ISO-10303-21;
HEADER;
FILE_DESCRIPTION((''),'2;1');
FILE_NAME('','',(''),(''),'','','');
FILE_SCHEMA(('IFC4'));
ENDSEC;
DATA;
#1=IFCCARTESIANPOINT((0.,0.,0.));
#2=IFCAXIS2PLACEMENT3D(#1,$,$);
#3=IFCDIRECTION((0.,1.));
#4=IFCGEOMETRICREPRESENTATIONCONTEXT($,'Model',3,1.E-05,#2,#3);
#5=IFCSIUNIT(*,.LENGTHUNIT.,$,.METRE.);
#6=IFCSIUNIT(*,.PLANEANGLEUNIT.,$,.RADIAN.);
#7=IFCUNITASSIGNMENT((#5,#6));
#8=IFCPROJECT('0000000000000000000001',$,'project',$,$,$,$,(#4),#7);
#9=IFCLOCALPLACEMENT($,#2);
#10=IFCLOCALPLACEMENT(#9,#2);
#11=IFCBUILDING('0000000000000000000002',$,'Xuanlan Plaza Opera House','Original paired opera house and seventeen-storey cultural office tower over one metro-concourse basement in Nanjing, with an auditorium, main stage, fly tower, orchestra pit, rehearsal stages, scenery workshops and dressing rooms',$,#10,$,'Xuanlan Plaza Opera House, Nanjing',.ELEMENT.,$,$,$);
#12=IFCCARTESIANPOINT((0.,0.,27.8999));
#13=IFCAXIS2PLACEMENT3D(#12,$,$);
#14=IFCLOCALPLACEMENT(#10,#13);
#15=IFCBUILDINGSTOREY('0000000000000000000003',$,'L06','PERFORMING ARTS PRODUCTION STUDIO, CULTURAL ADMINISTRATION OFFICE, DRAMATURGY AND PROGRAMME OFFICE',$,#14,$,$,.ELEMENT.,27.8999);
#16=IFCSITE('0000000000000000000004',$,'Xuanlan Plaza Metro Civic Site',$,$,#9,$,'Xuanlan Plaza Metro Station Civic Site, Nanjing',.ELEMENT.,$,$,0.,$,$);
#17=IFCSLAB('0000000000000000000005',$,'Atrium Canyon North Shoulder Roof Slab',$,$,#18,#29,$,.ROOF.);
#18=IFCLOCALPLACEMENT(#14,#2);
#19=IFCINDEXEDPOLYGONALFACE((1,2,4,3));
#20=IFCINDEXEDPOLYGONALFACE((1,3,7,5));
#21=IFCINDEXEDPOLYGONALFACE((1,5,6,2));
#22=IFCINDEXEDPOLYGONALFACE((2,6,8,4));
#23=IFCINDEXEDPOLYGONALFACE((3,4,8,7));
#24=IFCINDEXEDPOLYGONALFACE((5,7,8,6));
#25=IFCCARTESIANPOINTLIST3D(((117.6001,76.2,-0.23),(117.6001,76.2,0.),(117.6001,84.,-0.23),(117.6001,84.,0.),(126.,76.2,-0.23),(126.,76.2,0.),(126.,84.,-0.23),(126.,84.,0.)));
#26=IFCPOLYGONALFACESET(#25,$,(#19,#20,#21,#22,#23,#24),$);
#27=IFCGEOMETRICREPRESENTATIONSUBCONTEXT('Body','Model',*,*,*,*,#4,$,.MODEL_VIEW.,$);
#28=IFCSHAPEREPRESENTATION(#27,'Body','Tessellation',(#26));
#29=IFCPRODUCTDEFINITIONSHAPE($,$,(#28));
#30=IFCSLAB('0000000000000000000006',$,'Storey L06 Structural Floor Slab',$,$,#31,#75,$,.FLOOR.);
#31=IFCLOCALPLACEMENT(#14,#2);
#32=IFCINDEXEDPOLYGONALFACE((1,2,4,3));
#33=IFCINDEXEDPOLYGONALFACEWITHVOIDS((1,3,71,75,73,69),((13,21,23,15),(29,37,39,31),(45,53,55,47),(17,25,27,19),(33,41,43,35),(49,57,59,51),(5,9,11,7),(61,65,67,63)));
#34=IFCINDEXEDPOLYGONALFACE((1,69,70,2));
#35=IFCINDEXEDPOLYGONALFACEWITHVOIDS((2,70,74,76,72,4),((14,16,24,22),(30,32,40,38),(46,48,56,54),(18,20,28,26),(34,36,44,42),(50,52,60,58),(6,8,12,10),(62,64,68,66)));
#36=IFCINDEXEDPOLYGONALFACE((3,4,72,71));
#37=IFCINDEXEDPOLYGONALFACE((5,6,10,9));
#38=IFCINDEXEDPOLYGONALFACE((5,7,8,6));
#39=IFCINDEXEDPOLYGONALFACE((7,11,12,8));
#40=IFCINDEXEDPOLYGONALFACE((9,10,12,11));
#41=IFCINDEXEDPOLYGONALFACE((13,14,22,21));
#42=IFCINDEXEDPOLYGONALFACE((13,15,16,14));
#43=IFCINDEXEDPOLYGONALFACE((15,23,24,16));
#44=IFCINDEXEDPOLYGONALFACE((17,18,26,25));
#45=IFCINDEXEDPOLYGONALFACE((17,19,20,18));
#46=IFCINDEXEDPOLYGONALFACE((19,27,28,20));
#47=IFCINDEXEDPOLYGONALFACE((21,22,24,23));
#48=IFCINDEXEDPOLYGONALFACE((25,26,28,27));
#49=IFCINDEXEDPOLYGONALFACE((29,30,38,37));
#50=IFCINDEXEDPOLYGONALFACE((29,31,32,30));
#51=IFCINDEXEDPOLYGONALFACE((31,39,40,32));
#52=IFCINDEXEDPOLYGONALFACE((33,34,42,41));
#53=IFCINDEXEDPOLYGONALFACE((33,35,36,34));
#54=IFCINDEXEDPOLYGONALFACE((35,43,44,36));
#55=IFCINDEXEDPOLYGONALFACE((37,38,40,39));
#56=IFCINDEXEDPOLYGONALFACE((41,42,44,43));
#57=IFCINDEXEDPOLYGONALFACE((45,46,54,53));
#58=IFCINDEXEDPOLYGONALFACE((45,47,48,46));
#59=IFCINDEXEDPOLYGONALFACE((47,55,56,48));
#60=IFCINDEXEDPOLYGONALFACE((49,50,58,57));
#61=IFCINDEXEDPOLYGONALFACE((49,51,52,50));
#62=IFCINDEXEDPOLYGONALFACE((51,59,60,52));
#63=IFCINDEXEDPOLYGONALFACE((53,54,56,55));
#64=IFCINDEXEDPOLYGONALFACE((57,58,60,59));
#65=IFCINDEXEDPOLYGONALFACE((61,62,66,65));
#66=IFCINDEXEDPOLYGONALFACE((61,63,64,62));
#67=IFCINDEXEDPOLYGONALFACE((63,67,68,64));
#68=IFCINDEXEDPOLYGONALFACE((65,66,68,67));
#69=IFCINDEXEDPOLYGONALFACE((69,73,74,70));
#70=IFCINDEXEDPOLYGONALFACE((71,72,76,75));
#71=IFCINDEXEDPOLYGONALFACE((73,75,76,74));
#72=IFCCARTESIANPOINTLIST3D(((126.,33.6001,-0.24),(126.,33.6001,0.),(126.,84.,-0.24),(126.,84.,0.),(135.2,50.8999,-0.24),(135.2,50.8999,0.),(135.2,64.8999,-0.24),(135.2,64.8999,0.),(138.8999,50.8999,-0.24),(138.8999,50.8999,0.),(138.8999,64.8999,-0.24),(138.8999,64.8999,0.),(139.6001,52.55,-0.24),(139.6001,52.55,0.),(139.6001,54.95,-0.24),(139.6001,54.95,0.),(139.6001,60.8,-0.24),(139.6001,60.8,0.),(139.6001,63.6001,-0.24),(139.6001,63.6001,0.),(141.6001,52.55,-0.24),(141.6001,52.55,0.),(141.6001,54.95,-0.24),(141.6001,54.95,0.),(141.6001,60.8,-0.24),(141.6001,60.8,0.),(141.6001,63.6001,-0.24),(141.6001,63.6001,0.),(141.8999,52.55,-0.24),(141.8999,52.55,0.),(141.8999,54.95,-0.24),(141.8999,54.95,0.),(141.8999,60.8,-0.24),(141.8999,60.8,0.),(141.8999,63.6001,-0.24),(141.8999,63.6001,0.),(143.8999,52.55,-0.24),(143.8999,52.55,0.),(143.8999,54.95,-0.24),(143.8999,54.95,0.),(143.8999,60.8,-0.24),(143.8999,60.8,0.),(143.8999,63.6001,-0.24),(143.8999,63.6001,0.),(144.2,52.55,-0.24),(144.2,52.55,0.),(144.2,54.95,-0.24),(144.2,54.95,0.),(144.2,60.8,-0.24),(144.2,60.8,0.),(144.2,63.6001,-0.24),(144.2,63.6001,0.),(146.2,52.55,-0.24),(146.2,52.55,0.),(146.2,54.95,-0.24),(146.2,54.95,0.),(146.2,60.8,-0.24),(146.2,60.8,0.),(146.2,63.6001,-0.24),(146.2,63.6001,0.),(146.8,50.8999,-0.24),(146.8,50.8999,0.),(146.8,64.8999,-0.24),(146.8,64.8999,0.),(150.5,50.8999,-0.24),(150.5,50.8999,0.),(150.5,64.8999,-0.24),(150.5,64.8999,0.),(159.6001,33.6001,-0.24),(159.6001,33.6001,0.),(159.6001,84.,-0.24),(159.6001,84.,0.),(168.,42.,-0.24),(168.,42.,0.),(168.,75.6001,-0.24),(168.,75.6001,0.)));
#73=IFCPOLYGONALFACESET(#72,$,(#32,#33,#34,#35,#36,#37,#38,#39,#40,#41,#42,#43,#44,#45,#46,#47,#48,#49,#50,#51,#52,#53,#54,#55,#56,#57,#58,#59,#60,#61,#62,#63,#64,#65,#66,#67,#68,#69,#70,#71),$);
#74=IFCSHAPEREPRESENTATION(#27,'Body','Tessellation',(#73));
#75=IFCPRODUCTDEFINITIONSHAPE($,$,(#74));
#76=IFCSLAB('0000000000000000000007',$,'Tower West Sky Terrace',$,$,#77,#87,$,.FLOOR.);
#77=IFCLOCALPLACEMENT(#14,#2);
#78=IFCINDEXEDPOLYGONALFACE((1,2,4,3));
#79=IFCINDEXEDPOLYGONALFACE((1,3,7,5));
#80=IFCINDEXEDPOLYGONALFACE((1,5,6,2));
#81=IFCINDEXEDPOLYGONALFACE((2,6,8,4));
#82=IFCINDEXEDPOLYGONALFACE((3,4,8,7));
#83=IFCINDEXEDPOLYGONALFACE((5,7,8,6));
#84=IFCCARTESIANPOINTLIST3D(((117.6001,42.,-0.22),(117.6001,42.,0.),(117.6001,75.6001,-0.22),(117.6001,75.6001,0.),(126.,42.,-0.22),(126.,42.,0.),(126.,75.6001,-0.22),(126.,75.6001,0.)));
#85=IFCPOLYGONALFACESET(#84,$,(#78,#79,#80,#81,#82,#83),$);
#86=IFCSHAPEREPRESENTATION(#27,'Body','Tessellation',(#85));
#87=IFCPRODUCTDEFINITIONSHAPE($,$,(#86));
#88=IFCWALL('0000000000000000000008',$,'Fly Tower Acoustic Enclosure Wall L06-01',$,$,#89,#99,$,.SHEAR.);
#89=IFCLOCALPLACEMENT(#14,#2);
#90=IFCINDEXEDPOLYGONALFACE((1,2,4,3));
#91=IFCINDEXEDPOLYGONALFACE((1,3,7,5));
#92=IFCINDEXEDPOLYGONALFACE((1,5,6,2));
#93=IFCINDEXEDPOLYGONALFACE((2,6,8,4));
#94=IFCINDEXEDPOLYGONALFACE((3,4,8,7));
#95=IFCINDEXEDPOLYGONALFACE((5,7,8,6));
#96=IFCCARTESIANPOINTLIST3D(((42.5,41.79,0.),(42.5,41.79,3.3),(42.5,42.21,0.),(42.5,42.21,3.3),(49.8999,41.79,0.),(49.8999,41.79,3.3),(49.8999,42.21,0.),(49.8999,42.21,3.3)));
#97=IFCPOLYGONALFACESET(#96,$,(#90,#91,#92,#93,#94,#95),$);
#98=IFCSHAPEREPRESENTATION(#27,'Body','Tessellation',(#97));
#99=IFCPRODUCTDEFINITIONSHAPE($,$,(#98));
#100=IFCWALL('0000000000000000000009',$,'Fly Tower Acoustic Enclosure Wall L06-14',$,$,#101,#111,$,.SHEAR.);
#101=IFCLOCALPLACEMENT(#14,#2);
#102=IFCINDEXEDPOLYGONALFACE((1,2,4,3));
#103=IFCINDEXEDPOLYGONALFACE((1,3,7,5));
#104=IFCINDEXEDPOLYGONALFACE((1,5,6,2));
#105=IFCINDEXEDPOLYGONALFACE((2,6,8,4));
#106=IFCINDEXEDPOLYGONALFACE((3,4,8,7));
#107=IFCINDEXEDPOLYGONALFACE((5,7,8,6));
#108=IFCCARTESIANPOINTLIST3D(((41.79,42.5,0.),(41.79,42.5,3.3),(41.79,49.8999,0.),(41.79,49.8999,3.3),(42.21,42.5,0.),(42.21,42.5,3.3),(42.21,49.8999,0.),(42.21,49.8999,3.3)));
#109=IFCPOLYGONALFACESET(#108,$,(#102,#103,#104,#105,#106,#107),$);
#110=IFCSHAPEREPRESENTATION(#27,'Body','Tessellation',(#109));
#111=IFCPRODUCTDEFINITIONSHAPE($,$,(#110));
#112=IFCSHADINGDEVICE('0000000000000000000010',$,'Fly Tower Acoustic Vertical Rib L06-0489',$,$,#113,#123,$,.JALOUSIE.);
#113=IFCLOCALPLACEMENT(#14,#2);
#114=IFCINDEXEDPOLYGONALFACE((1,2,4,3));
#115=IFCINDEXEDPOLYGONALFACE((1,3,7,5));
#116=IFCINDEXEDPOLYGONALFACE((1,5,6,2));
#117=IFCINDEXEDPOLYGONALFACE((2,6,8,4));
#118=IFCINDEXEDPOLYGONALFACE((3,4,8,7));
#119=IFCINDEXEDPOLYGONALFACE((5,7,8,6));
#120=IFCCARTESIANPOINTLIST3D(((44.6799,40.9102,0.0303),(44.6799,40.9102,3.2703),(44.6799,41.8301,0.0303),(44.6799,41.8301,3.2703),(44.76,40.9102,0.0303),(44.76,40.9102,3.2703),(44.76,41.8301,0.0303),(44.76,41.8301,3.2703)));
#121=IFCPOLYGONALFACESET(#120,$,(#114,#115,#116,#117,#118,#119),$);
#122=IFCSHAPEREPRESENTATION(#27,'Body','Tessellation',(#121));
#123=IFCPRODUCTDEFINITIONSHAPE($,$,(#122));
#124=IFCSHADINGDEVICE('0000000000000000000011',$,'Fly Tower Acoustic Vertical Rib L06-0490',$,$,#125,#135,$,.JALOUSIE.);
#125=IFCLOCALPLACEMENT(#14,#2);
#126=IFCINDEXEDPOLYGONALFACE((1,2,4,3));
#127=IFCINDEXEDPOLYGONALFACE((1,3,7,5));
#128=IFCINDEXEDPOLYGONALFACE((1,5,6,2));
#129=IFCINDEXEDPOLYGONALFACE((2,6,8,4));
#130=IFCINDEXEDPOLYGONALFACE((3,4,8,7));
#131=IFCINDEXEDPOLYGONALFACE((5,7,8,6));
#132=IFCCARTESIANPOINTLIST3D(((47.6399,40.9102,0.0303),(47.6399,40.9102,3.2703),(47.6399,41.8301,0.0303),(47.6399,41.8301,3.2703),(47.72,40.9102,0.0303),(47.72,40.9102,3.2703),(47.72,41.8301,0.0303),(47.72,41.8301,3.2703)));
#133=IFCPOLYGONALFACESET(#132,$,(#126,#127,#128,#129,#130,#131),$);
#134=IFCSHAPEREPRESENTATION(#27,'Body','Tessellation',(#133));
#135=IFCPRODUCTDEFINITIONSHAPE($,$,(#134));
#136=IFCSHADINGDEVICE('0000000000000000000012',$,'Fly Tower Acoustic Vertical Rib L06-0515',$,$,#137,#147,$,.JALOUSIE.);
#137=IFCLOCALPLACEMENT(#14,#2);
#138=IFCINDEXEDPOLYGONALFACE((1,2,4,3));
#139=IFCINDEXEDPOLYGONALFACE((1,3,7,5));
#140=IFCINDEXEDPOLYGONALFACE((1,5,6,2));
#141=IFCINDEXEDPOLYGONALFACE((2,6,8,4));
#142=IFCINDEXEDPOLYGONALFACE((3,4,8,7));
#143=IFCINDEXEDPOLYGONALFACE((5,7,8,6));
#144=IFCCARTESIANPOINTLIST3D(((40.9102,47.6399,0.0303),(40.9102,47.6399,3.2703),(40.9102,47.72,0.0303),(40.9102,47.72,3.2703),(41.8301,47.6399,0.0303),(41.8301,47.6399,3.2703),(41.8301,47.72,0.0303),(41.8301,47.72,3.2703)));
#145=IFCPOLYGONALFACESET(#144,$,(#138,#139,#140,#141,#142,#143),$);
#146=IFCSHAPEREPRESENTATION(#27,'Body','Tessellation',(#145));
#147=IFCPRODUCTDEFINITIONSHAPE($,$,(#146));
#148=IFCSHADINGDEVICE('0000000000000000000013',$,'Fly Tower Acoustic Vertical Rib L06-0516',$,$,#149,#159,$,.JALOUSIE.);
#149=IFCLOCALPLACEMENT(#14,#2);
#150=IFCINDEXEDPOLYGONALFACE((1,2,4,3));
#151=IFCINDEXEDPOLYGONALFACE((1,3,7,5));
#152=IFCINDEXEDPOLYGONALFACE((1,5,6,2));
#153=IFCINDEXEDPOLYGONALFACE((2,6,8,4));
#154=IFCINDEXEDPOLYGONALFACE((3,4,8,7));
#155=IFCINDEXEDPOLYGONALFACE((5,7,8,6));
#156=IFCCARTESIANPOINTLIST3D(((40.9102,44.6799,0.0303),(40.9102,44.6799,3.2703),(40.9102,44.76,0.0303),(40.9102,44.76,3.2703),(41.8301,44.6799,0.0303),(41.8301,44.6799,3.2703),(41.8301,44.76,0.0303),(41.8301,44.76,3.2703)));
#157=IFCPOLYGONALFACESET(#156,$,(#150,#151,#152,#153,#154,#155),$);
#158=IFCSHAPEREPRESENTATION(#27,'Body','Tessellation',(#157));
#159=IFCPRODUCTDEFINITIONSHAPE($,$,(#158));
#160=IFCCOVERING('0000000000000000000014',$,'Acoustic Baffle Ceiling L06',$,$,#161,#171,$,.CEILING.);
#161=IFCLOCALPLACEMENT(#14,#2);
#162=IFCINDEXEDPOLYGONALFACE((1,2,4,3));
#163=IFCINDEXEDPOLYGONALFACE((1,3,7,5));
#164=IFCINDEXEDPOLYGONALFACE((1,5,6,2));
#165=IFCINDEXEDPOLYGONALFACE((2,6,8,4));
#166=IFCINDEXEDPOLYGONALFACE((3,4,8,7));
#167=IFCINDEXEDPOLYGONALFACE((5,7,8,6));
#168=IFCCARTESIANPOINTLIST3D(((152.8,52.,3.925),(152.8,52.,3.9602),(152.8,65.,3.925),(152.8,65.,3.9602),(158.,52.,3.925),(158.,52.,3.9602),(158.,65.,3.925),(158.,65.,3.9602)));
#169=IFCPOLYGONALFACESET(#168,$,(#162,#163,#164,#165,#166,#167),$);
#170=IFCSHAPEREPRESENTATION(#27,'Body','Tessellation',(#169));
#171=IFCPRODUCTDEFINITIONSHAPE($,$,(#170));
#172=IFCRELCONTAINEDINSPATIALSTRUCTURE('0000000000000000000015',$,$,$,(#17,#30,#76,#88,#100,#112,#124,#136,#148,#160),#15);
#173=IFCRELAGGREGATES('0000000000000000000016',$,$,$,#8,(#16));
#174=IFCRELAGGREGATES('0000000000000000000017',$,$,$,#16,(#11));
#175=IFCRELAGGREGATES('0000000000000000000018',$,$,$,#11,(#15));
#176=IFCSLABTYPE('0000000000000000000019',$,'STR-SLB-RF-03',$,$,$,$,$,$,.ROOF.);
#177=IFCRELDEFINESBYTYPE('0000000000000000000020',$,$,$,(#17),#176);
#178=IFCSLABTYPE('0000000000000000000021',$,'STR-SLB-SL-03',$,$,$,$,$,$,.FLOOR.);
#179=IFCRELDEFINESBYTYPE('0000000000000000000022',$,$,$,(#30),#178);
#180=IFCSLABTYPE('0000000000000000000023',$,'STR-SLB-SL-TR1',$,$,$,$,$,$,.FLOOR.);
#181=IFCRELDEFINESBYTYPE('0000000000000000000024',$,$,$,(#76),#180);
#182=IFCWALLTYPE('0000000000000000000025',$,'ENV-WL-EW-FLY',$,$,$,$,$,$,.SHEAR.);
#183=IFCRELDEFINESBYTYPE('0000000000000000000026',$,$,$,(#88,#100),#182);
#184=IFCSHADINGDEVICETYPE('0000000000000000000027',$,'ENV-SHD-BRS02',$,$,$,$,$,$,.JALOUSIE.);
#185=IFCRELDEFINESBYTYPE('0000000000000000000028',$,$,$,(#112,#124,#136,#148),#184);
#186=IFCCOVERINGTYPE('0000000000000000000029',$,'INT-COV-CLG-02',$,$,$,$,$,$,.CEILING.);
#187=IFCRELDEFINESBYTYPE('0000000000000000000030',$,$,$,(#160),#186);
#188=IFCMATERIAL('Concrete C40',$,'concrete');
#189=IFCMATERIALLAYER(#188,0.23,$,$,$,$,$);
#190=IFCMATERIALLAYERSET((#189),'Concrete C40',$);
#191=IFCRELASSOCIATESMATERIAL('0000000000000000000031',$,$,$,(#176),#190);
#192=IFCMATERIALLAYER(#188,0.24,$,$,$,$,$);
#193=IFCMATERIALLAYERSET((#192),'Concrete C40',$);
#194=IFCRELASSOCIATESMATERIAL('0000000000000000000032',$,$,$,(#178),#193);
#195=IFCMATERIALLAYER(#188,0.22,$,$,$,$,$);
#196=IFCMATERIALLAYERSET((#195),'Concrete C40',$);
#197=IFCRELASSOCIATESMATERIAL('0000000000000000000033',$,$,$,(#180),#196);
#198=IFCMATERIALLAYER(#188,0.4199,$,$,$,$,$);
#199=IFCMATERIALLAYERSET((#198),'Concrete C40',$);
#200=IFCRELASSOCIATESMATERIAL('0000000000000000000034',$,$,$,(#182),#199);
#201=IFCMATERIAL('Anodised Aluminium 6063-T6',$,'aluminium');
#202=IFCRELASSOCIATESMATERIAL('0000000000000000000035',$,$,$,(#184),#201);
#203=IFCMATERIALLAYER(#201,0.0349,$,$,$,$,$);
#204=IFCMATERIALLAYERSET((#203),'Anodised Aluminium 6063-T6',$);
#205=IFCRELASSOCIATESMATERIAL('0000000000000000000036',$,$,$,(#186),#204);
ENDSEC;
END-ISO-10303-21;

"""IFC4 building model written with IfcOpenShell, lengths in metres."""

from ifc_helpers import new_model, si_unit, direction, frame, frame_2d, origin, origin_2d, place, context, subcontext, project, spatial, polyline, rectangle, outline, extrude, material, layer, layer_set, type_object, element, save


model = new_model("IFC4")

# Units and contexts
model_context = context("Model", 3, precision=1e-05, world=origin(), true_north=direction((0.0, 1.0)))
body_context = subcontext(model_context, "Body", "Model", "MODEL_VIEW")
ifc_project = project(units=[si_unit("LENGTHUNIT", "METRE"), si_unit("PLANEANGLEUNIT", "RADIAN")], contexts=[model_context])

# Site, building, storey
site_placement = place(None, origin())
site = spatial("IfcSite", under=ifc_project, at=site_placement, Name="Xuanlan Plaza Metro Civic Site", LongName="Xuanlan Plaza Metro Station Civic Site, Nanjing", CompositionType="ELEMENT", RefElevation=0.0)
building_placement = place(site_placement, origin())
building = spatial("IfcBuilding", under=site, at=building_placement, Name="Xuanlan Plaza Opera House", Description="Original paired opera house and seventeen-storey cultural office tower over one metro-concourse basement in Nanjing, with an auditorium, main stage, fly tower, orchestra pit, rehearsal stages, scenery workshops and dressing rooms", LongName="Xuanlan Plaza Opera House, Nanjing", CompositionType="ELEMENT")
storey_placement = place(building_placement, frame((0.0, 0.0, 27.8999)))
storey = spatial("IfcBuildingStorey", under=building, at=storey_placement, Name="L06", Description="PERFORMING ARTS PRODUCTION STUDIO, CULTURAL ADMINISTRATION OFFICE, DRAMATURGY AND PROGRAMME OFFICE", CompositionType="ELEMENT", Elevation=27.8999)

# Shared definitions
ifc_material_1 = material(Name="Concrete C40", Category="concrete")

# Slabs
ifc_layer_1 = layer(ifc_material_1, 0.23)
ifc_layer_set_1 = layer_set([ifc_layer_1], Name="Concrete C40")
slab_type_1 = type_object("IfcSlabType", Name="STR-SLB-RF-03", PredefinedType="ROOF", material=ifc_layer_set_1)
slab_1_placement = place(storey_placement, frame((0.0, 0.0, -0.23)))
element("IfcSlab", 1, at=slab_1_placement, inside=storey, type_object=slab_type_1, Name="Atrium Canyon North Shoulder Roof Slab", PredefinedType="ROOF", context=body_context, shape_type="SweptSolid", body=[
    extrude(outline(polyline([(117.6001, 76.2), (126.0, 76.2), (126.0, 84.0), (117.6001, 84.0), (117.6001, 76.2)])), origin(), (0.0, 0.0, 1.0), 0.23),
])
ifc_layer_2 = layer(ifc_material_1, 0.24)
ifc_layer_set_2 = layer_set([ifc_layer_2], Name="Concrete C40")
slab_type_2 = type_object("IfcSlabType", Name="STR-SLB-SL-03", PredefinedType="FLOOR", material=ifc_layer_set_2)
slab_2_placement = place(storey_placement, frame((0.0, 0.0, -0.24)))
element("IfcSlab", 2, at=slab_2_placement, inside=storey, type_object=slab_type_2, Name="Storey L06 Structural Floor Slab", PredefinedType="FLOOR", context=body_context, shape_type="SweptSolid", body=[
    extrude(outline(polyline([(126.0, 33.6001), (159.6001, 33.6001), (168.0, 42.0), (168.0, 75.6001), (159.6001, 84.0), (126.0, 84.0), (126.0, 33.6001)]), holes=[polyline([(135.2, 50.8999), (138.8999, 50.8999), (138.8999, 64.8999), (135.2, 64.8999), (135.2, 50.8999)]), polyline([(146.8, 50.8999), (150.5, 50.8999), (150.5, 64.8999), (146.8, 64.8999), (146.8, 50.8999)]), polyline([(139.6001, 60.8), (141.6001, 60.8), (141.6001, 63.6001), (139.6001, 63.6001), (139.6001, 60.8)]), polyline([(141.8999, 60.8), (143.8999, 60.8), (143.8999, 63.6001), (141.8999, 63.6001), (141.8999, 60.8)]), polyline([(144.2, 60.8), (146.2, 60.8), (146.2, 63.6001), (144.2, 63.6001), (144.2, 60.8)]), polyline([(139.6001, 52.55), (141.6001, 52.55), (141.6001, 54.95), (139.6001, 54.95), (139.6001, 52.55)]), polyline([(141.8999, 52.55), (143.8999, 52.55), (143.8999, 54.95), (141.8999, 54.95), (141.8999, 52.55)]), polyline([(144.2, 52.55), (146.2, 52.55), (146.2, 54.95), (144.2, 54.95), (144.2, 52.55)])]), origin(), (0.0, 0.0, 1.0), 0.24),
])
ifc_layer_3 = layer(ifc_material_1, 0.22)
ifc_layer_set_3 = layer_set([ifc_layer_3], Name="Concrete C40")
slab_type_3 = type_object("IfcSlabType", Name="STR-SLB-SL-TR1", PredefinedType="FLOOR", material=ifc_layer_set_3)
slab_3_placement = place(storey_placement, frame((0.0, 0.0, -0.22)))
element("IfcSlab", 3, at=slab_3_placement, inside=storey, type_object=slab_type_3, Name="Tower West Sky Terrace", PredefinedType="FLOOR", context=body_context, shape_type="SweptSolid", body=[
    extrude(outline(polyline([(117.6001, 42.0), (126.0, 42.0), (126.0, 75.6001), (117.6001, 75.6001), (117.6001, 42.0)])), origin(), (0.0, 0.0, 1.0), 0.22),
])

# Walls
ifc_layer_4 = layer(ifc_material_1, 0.4199)
ifc_layer_set_4 = layer_set([ifc_layer_4], Name="Concrete C40")
wall_type = type_object("IfcWallType", Name="ENV-WL-EW-FLY", PredefinedType="SHEAR", material=ifc_layer_set_4)
for number, where, z_axis, x_axis, name in (
    (4, (42.5, 42.0, 0.0), (0.0, 0.0, 1.0), (1.0, 0.0, 0.0), "Fly Tower Acoustic Enclosure Wall L06-01"),
    (5, (42.0, 49.8999, 0.0), (0.0, 0.0, 1.0), (0.0, -1.0, 0.0), "Fly Tower Acoustic Enclosure Wall L06-14"),
):
    element("IfcWall", number, at=place(storey_placement, frame(where, z_axis=z_axis, x_axis=x_axis)), inside=storey, type_object=wall_type, Name=name, PredefinedType="SHEAR", context=body_context, shape_type="SweptSolid", body=[
        extrude(rectangle(XDim=7.3999, YDim=0.4199, at=frame_2d((3.7, 0.0))), origin(), (0.0, 0.0, 1.0), 3.3),
    ])

# Shading devices
ifc_material_2 = material(Name="Anodised Aluminium 6063-T6", Category="aluminium")
shading_device_type = type_object("IfcShadingDeviceType", Name="ENV-SHD-BRS02", PredefinedType="JALOUSIE", material=ifc_material_2)
for number, where, z_axis, x_axis, name in (
    (6, (44.72, 41.3701, 0.0303), (0.0, 0.0, 1.0), (0.0, -1.0, 0.0), "Fly Tower Acoustic Vertical Rib L06-0489"),
    (7, (47.6799, 41.3701, 0.0303), (0.0, 0.0, 1.0), (0.0, -1.0, 0.0), "Fly Tower Acoustic Vertical Rib L06-0490"),
    (8, (41.3701, 47.6799, 0.0303), (0.0, 0.0, 1.0), (-1.0, 0.0, 0.0), "Fly Tower Acoustic Vertical Rib L06-0515"),
    (9, (41.3701, 44.72, 0.0303), (0.0, 0.0, 1.0), (-1.0, 0.0, 0.0), "Fly Tower Acoustic Vertical Rib L06-0516"),
):
    element("IfcShadingDevice", number, at=place(storey_placement, frame(where, z_axis=z_axis, x_axis=x_axis)), inside=storey, type_object=shading_device_type, Name=name, PredefinedType="JALOUSIE", context=body_context, shape_type="SweptSolid", body=[
        extrude(rectangle(XDim=0.9199, YDim=0.0801, at=origin_2d()), origin(), (0.0, 0.0, 1.0), 3.24),
    ])

# Covering
ifc_layer_5 = layer(ifc_material_2, 0.0349)
ifc_layer_set_5 = layer_set([ifc_layer_5], Name="Anodised Aluminium 6063-T6")
covering_type = type_object("IfcCoveringType", Name="INT-COV-CLG-02", PredefinedType="CEILING", material=ifc_layer_set_5)
covering_placement = place(storey_placement, frame((0.0, 0.0, 3.925)))
element("IfcCovering", 10, at=covering_placement, inside=storey, type_object=covering_type, Name="Acoustic Baffle Ceiling L06", PredefinedType="CEILING", context=body_context, shape_type="SweptSolid", body=[
    extrude(outline(polyline([(152.8, 52.0), (158.0, 52.0), (158.0, 65.0), (152.8, 65.0), (152.8, 52.0)])), origin(), (0.0, 0.0, 1.0), 0.0352),
])

save(model, "model.ifc")
